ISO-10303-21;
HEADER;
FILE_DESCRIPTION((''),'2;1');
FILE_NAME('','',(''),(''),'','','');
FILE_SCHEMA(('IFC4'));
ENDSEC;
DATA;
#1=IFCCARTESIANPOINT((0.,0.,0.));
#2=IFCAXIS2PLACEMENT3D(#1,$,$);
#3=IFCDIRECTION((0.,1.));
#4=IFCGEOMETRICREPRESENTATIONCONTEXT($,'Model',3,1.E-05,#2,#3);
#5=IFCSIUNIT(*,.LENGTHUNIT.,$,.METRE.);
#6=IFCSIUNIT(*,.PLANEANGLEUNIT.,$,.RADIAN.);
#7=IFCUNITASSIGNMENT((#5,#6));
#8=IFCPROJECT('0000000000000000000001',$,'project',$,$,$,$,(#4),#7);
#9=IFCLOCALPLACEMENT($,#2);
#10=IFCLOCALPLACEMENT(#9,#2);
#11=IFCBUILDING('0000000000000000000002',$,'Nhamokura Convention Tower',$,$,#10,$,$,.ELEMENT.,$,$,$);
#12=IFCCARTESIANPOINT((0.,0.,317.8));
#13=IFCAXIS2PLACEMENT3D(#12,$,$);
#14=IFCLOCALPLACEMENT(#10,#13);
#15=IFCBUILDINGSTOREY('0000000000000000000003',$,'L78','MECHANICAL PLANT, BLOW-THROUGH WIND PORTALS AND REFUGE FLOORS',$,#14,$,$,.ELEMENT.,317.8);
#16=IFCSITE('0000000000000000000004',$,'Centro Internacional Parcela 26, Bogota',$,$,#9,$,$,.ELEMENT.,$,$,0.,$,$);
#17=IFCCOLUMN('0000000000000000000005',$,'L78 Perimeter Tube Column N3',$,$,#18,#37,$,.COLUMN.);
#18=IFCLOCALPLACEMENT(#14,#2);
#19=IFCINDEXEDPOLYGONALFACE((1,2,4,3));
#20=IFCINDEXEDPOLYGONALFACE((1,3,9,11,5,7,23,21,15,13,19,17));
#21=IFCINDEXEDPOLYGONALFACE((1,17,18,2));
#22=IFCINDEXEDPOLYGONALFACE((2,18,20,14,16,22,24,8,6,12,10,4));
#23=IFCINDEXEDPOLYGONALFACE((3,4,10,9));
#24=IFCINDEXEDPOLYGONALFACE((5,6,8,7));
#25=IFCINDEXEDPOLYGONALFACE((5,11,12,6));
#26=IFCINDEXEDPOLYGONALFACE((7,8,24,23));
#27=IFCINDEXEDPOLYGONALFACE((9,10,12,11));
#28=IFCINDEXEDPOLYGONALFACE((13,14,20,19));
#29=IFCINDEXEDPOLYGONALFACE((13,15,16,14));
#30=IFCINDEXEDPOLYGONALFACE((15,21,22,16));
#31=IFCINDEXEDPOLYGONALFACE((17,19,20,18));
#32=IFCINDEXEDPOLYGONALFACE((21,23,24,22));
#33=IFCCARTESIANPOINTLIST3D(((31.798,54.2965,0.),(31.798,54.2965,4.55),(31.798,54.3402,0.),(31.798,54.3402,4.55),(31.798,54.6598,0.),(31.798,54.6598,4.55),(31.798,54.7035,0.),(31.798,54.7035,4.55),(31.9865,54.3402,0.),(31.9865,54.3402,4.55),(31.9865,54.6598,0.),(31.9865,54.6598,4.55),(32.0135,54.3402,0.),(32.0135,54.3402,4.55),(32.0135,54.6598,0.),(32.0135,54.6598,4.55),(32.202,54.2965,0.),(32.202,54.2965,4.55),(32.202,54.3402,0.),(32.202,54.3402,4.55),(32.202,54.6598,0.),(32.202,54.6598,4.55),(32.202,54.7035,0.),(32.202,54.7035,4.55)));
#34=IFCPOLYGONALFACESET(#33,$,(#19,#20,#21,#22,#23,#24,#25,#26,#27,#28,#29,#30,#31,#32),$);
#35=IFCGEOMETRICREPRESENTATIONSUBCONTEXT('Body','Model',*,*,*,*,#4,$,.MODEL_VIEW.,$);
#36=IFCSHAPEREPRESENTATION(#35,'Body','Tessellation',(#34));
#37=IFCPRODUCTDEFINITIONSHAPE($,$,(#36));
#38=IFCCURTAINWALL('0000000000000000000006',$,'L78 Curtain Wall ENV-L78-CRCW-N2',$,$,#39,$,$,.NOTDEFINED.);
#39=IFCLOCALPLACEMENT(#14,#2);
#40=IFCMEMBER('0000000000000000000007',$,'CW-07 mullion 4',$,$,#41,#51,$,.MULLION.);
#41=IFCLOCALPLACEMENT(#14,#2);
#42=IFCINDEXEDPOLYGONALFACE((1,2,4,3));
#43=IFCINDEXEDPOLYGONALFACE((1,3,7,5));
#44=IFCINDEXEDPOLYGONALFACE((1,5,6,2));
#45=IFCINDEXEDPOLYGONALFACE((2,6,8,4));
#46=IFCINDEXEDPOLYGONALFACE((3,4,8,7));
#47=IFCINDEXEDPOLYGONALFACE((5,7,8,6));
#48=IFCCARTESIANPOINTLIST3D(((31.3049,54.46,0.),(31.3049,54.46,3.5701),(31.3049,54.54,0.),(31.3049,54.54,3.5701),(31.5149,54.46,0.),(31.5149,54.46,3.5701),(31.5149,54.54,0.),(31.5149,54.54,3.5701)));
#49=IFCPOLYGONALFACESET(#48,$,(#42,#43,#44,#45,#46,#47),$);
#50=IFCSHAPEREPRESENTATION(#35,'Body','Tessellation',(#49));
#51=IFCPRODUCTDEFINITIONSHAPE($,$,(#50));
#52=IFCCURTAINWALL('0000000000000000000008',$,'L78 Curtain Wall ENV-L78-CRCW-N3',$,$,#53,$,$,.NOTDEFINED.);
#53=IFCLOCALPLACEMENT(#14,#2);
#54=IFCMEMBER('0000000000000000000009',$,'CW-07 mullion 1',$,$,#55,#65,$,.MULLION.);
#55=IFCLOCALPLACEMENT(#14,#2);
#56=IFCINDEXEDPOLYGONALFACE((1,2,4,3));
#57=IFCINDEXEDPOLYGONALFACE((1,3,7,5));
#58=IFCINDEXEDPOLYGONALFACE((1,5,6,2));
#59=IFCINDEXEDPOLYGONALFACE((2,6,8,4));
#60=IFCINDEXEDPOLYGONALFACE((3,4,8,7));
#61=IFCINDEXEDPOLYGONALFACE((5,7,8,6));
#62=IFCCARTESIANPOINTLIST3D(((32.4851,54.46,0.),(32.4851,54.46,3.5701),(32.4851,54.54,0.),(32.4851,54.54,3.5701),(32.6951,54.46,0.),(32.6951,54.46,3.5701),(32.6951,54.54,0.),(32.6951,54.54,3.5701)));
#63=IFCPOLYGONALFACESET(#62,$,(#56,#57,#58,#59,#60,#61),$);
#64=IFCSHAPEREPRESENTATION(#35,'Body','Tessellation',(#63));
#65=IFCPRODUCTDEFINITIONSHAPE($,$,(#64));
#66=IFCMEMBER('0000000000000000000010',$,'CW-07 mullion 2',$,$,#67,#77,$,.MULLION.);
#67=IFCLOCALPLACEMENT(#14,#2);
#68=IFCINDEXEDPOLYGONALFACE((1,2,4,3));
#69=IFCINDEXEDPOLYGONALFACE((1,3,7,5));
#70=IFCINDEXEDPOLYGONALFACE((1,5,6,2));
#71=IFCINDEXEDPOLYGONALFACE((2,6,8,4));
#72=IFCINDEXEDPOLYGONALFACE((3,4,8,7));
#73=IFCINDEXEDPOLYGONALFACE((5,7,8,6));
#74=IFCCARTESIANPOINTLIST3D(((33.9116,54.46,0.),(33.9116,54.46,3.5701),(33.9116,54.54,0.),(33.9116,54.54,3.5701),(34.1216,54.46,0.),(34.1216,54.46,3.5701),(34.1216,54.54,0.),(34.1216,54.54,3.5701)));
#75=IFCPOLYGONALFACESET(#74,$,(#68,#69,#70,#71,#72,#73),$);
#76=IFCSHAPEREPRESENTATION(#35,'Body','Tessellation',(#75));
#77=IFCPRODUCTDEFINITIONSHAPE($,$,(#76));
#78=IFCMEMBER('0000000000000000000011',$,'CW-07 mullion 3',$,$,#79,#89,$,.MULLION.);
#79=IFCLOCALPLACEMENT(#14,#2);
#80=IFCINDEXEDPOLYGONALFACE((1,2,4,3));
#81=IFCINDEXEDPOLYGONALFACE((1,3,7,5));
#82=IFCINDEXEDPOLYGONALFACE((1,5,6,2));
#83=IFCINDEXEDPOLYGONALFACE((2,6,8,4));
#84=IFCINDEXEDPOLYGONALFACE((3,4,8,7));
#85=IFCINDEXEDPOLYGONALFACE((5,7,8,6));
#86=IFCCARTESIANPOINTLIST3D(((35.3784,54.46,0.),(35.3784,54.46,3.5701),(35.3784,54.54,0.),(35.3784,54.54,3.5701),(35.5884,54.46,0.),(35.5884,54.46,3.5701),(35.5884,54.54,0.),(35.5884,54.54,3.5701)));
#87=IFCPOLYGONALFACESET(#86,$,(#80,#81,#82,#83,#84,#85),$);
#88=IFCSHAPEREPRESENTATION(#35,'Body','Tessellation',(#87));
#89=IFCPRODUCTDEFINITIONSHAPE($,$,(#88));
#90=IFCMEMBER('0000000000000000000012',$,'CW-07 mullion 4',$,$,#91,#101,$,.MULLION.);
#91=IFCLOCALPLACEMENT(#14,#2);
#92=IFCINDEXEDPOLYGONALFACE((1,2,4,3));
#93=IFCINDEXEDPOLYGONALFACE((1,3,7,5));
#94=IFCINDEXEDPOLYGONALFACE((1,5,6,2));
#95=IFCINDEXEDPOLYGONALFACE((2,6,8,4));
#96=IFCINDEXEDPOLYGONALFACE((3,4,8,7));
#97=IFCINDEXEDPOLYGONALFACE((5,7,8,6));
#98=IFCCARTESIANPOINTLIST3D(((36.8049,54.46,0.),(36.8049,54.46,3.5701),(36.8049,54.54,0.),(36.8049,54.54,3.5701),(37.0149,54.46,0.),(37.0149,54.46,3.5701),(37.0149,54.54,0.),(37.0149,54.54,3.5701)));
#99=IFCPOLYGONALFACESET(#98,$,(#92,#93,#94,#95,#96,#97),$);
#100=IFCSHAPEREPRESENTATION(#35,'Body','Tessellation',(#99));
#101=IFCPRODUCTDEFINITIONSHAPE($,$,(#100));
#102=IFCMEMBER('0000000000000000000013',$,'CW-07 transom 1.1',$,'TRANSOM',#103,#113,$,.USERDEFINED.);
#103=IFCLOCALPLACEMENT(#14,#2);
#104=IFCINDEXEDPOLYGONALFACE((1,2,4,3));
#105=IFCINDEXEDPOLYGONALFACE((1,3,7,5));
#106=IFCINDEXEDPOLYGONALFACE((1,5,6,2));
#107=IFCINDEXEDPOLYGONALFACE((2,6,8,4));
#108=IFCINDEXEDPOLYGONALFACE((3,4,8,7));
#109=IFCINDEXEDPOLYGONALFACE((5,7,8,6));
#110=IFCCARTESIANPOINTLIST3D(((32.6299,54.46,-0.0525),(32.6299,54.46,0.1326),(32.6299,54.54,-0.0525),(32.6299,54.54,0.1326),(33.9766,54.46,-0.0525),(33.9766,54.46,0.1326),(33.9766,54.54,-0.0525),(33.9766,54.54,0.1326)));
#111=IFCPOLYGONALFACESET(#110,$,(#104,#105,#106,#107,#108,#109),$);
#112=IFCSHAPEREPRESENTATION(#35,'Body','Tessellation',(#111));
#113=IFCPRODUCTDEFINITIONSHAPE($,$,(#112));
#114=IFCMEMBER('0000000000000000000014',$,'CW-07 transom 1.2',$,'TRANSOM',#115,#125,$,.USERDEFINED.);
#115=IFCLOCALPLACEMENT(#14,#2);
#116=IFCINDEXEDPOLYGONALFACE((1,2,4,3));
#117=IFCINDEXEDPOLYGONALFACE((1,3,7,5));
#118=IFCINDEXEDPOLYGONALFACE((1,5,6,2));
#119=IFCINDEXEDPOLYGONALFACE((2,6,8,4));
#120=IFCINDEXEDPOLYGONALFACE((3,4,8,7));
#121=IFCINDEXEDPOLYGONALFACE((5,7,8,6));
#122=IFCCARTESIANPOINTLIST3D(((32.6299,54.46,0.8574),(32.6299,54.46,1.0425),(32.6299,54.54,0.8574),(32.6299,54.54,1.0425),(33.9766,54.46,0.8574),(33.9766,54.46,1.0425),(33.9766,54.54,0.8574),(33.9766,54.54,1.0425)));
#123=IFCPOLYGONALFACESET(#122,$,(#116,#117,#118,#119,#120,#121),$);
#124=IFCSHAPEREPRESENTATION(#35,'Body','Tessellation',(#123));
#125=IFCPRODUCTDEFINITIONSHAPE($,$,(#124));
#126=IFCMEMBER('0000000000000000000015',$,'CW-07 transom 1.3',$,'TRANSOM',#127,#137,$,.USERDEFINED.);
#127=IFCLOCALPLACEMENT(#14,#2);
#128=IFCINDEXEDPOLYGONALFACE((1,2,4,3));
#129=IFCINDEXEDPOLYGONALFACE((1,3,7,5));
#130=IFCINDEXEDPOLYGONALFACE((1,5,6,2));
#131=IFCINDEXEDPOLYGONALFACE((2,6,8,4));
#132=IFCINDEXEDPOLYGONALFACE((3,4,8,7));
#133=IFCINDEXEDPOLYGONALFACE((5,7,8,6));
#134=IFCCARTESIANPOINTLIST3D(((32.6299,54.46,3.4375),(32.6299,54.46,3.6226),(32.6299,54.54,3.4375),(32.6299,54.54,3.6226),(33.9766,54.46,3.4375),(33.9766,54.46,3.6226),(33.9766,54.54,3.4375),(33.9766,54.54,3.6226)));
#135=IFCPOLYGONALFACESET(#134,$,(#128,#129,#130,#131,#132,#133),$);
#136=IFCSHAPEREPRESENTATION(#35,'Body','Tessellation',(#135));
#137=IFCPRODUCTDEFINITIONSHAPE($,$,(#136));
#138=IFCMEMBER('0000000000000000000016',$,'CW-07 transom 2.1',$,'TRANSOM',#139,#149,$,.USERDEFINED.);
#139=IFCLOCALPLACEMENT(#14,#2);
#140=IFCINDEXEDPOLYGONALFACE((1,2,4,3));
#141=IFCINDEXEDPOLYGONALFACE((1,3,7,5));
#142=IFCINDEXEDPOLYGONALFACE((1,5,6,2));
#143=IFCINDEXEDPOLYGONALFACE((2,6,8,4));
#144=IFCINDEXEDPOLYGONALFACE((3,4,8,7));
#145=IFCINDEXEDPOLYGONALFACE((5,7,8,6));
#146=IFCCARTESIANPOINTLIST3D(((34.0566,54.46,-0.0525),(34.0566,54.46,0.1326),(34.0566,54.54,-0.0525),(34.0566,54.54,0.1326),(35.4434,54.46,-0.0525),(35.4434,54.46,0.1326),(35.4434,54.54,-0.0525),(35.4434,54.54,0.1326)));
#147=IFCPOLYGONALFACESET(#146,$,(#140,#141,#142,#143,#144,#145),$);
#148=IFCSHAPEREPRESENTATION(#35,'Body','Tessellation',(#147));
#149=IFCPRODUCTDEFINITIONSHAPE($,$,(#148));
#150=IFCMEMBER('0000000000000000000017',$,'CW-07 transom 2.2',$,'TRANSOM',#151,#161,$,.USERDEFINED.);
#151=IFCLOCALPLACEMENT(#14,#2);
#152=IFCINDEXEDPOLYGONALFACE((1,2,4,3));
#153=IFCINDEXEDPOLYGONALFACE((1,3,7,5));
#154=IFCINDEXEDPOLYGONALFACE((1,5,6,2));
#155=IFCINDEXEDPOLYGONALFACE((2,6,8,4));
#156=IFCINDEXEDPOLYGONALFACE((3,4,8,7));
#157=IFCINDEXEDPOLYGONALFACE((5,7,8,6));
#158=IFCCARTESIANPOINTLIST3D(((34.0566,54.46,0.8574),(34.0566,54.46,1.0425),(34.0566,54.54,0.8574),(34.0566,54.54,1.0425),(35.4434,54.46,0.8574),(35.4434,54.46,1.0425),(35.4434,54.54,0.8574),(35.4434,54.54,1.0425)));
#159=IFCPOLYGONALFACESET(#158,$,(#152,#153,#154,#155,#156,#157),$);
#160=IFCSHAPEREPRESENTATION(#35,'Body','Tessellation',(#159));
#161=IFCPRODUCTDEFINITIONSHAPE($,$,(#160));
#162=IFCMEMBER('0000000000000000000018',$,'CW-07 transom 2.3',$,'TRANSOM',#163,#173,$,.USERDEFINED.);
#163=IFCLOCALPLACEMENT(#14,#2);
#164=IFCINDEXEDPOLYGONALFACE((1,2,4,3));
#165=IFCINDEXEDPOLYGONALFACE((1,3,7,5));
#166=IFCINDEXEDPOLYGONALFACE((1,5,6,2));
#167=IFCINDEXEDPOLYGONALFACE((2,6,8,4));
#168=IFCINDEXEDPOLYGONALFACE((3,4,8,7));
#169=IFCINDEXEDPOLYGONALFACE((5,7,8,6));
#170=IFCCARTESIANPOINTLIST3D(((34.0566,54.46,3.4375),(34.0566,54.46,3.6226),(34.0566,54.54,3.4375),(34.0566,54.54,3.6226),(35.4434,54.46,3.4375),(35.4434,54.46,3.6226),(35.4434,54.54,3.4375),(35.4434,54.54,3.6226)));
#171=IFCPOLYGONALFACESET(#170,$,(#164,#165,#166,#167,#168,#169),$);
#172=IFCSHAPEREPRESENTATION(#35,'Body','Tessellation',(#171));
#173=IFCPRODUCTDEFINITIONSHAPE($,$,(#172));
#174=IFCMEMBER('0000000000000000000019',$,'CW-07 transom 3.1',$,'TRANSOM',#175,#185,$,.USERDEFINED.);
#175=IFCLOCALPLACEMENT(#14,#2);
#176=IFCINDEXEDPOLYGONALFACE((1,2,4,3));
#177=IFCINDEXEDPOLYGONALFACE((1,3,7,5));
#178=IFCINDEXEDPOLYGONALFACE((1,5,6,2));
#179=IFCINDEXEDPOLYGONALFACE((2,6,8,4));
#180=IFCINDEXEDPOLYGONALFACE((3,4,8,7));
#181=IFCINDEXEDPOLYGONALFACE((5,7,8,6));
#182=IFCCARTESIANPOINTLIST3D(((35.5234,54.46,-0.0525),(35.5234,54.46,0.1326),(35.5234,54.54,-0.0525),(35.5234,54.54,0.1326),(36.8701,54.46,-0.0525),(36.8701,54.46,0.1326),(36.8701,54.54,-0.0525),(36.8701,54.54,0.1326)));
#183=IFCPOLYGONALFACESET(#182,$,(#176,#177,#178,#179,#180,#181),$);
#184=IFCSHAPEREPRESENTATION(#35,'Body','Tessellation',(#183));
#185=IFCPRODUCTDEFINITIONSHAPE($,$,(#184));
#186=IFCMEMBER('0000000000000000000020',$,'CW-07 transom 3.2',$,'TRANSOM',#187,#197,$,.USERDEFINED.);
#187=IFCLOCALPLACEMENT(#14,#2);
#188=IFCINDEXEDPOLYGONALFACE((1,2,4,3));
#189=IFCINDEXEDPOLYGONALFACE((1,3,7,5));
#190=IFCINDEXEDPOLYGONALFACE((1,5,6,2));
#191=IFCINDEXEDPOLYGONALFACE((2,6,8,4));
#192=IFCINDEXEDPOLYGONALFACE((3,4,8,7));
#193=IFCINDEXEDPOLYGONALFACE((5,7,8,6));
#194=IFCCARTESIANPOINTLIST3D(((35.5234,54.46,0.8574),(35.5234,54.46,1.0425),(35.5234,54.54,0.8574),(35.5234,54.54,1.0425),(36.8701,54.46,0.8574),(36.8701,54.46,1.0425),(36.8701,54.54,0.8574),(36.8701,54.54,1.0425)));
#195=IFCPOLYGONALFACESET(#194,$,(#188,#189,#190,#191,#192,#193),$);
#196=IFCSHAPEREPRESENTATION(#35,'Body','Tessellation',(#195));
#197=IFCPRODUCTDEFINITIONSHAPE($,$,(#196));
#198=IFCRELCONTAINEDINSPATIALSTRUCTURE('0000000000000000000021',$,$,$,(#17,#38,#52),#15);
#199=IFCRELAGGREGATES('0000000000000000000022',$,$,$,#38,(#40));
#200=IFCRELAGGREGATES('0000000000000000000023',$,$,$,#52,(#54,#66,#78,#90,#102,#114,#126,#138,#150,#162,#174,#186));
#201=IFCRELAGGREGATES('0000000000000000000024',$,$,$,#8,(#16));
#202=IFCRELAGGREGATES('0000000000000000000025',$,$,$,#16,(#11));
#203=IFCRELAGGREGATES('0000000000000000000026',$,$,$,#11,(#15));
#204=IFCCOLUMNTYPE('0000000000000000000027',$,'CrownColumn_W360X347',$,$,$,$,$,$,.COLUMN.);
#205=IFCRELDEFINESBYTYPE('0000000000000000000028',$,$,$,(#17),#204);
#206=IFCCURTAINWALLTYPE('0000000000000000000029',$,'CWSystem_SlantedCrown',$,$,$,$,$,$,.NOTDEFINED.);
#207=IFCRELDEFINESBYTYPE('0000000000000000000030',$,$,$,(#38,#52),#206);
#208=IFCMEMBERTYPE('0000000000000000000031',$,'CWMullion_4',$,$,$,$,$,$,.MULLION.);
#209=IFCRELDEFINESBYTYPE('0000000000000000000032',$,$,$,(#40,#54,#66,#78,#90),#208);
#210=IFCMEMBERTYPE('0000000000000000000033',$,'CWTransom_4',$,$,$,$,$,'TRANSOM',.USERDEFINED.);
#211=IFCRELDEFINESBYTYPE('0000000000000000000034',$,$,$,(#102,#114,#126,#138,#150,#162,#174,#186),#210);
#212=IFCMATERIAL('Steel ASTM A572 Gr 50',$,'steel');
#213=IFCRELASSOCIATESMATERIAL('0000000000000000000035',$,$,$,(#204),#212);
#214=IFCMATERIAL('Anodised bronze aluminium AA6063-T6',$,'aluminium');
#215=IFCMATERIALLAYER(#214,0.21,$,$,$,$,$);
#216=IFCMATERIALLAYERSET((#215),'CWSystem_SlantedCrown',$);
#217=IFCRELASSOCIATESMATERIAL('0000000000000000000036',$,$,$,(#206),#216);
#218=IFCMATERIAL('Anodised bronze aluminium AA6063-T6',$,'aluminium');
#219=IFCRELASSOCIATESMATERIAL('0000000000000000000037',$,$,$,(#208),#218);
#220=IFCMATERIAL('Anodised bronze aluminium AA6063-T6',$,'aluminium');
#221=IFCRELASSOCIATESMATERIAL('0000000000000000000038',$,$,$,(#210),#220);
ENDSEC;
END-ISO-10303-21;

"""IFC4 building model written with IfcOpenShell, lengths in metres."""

from ifc_helpers import new_model, si_unit, direction, frame, origin, origin_2d, place, context, subcontext, project, spatial, rectangle, i_section, extrude, material, layer, layer_set, material_profile, profile_set, type_object, element, aggregate, save


model = new_model("IFC4")

# Units and contexts
model_context = context("Model", 3, precision=1e-05, world=origin(), true_north=direction((0.0, 1.0)))
body_context = subcontext(model_context, "Body", "Model", "MODEL_VIEW")
ifc_project = project(units=[si_unit("LENGTHUNIT", "METRE"), si_unit("PLANEANGLEUNIT", "RADIAN")], contexts=[model_context])

# Site, building, storey
site_placement = place(None, origin())
site = spatial("IfcSite", under=ifc_project, at=site_placement, Name="Centro Internacional Parcela 26, Bogota", CompositionType="ELEMENT", RefElevation=0.0)
building_placement = place(site_placement, origin())
building = spatial("IfcBuilding", under=site, at=building_placement, Name="Nhamokura Convention Tower", CompositionType="ELEMENT")
storey_placement = place(building_placement, frame((0.0, 0.0, 317.8)))
storey = spatial("IfcBuildingStorey", under=building, at=storey_placement, Name="L78", Description="MECHANICAL PLANT, BLOW-THROUGH WIND PORTALS AND REFUGE FLOORS", CompositionType="ELEMENT", Elevation=317.8)

# Column
ifc_material_1 = material(Name="Steel ASTM A572 Gr 50", Category="steel")
ifc_material_profile_1 = material_profile(ifc_material_1, i_section(OverallWidth=0.4041, OverallDepth=0.407, WebThickness=0.0271, FlangeThickness=0.0437, at=origin_2d()))
ifc_profile_set_1 = profile_set([ifc_material_profile_1], Name="Steel ASTM A572 Gr 50")
column_type = type_object("IfcColumnType", Name="CrownColumn_W360X347", PredefinedType="COLUMN", material=ifc_profile_set_1)
column_placement = place(storey_placement, frame((32.0, 54.5, 0.0), z_axis=(0.0, 0.0, 1.0), x_axis=(1.0, 0.0, 0.0)))
element("IfcColumn", 1, at=column_placement, inside=storey, type_object=column_type, Name="L78 Perimeter Tube Column N3", PredefinedType="COLUMN", context=body_context, shape_type="SweptSolid", body=[
    extrude(i_section(OverallWidth=0.4041, OverallDepth=0.407, WebThickness=0.0271, FlangeThickness=0.0437, at=origin_2d()), origin(), (0.0, 0.0, 1.0), 4.55),
])

# Curtain wall, member
ifc_material_2 = material(Name="Anodised bronze aluminium AA6063-T6", Category="aluminium")
ifc_layer_1 = layer(ifc_material_2, 0.21)
ifc_layer_set_1 = layer_set([ifc_layer_1], Name="CWSystem_SlantedCrown")
curtain_wall_type = type_object("IfcCurtainWallType", Name="CWSystem_SlantedCrown", PredefinedType="NOTDEFINED", material=ifc_layer_set_1)
curtain_wall_1_placement = place(storey_placement, origin())
curtain_wall_1 = element("IfcCurtainWall", 2, at=curtain_wall_1_placement, inside=storey, type_object=curtain_wall_type, Name="L78 Curtain Wall ENV-L78-CRCW-N2", PredefinedType="NOTDEFINED")
ifc_material_3 = material(Name="Anodised bronze aluminium AA6063-T6", Category="aluminium")
ifc_material_profile_2 = material_profile(ifc_material_3, rectangle(XDim=0.0801, YDim=0.21, at=origin_2d()))
ifc_profile_set_2 = profile_set([ifc_material_profile_2], Name="Anodised bronze aluminium AA6063-T6")
member_type_1 = type_object("IfcMemberType", Name="CWMullion_4", PredefinedType="MULLION", material=ifc_profile_set_2)
member_1_placement = place(storey_placement, frame((31.4099, 54.5, 0.0), z_axis=(0.0, 0.0, 1.0), x_axis=(0.0, 1.0, 0.0)))
member_1 = element("IfcMember", 3, at=member_1_placement, type_object=member_type_1, Name="CW-07 mullion 4", PredefinedType="MULLION", context=body_context, shape_type="SweptSolid", body=[
    extrude(rectangle(XDim=0.0801, YDim=0.21, at=origin_2d()), origin(), (0.0, 0.0, 1.0), 3.5701),
])
aggregate(curtain_wall_1, [member_1])

# Curtain wall, members
curtain_wall_2_placement = place(storey_placement, origin())
curtain_wall_2 = element("IfcCurtainWall", 4, at=curtain_wall_2_placement, inside=storey, type_object=curtain_wall_type, Name="L78 Curtain Wall ENV-L78-CRCW-N3", PredefinedType="NOTDEFINED")
member_2_placement = place(storey_placement, frame((32.5901, 54.5, 0.0), z_axis=(0.0, 0.0, 1.0), x_axis=(0.0, 1.0, 0.0)))
member_2 = element("IfcMember", 5, at=member_2_placement, type_object=member_type_1, Name="CW-07 mullion 1", PredefinedType="MULLION", context=body_context, shape_type="SweptSolid", body=[
    extrude(rectangle(XDim=0.0801, YDim=0.21, at=origin_2d()), origin(), (0.0, 0.0, 1.0), 3.5701),
])
member_3_placement = place(storey_placement, frame((34.0166, 54.5, 0.0), z_axis=(0.0, 0.0, 1.0), x_axis=(0.0, 1.0, 0.0)))
member_3 = element("IfcMember", 6, at=member_3_placement, type_object=member_type_1, Name="CW-07 mullion 2", PredefinedType="MULLION", context=body_context, shape_type="SweptSolid", body=[
    extrude(rectangle(XDim=0.0801, YDim=0.21, at=origin_2d()), origin(), (0.0, 0.0, 1.0), 3.5701),
])
member_4_placement = place(storey_placement, frame((35.4834, 54.5, 0.0), z_axis=(0.0, 0.0, 1.0), x_axis=(0.0, 1.0, 0.0)))
member_4 = element("IfcMember", 7, at=member_4_placement, type_object=member_type_1, Name="CW-07 mullion 3", PredefinedType="MULLION", context=body_context, shape_type="SweptSolid", body=[
    extrude(rectangle(XDim=0.0801, YDim=0.21, at=origin_2d()), origin(), (0.0, 0.0, 1.0), 3.5701),
])
member_5_placement = place(storey_placement, frame((36.9099, 54.5, 0.0), z_axis=(0.0, 0.0, 1.0), x_axis=(0.0, 1.0, 0.0)))
member_5 = element("IfcMember", 8, at=member_5_placement, type_object=member_type_1, Name="CW-07 mullion 4", PredefinedType="MULLION", context=body_context, shape_type="SweptSolid", body=[
    extrude(rectangle(XDim=0.0801, YDim=0.21, at=origin_2d()), origin(), (0.0, 0.0, 1.0), 3.5701),
])
ifc_material_4 = material(Name="Anodised bronze aluminium AA6063-T6", Category="aluminium")
ifc_material_profile_3 = material_profile(ifc_material_4, rectangle(XDim=0.0801, YDim=0.1851, at=origin_2d()))
ifc_profile_set_3 = profile_set([ifc_material_profile_3], Name="Anodised bronze aluminium AA6063-T6")
member_type_2 = type_object("IfcMemberType", Name="CWTransom_4", ElementType="TRANSOM", PredefinedType="USERDEFINED", material=ifc_profile_set_3)
member_6_placement = place(storey_placement, frame((32.6299, 54.5, 0.04), z_axis=(1.0, 0.0, 0.0), x_axis=(0.0, 1.0, 0.0)))
member_6 = element("IfcMember", 9, at=member_6_placement, type_object=member_type_2, Name="CW-07 transom 1.1", ObjectType="TRANSOM", PredefinedType="USERDEFINED", context=body_context, shape_type="SweptSolid", body=[
    extrude(rectangle(XDim=0.0801, YDim=0.1851, at=origin_2d()), origin(), (0.0, 0.0, 1.0), 1.3467),
])
member_7_placement = place(storey_placement, frame((32.6299, 54.5, 0.95), z_axis=(1.0, 0.0, 0.0), x_axis=(0.0, 1.0, 0.0)))
member_7 = element("IfcMember", 10, at=member_7_placement, type_object=member_type_2, Name="CW-07 transom 1.2", ObjectType="TRANSOM", PredefinedType="USERDEFINED", context=body_context, shape_type="SweptSolid", body=[
    extrude(rectangle(XDim=0.0801, YDim=0.1851, at=origin_2d()), origin(), (0.0, 0.0, 1.0), 1.3467),
])
member_8_placement = place(storey_placement, frame((32.6299, 54.5, 3.53), z_axis=(1.0, 0.0, 0.0), x_axis=(0.0, 1.0, 0.0)))
member_8 = element("IfcMember", 11, at=member_8_placement, type_object=member_type_2, Name="CW-07 transom 1.3", ObjectType="TRANSOM", PredefinedType="USERDEFINED", context=body_context, shape_type="SweptSolid", body=[
    extrude(rectangle(XDim=0.0801, YDim=0.1851, at=origin_2d()), origin(), (0.0, 0.0, 1.0), 1.3467),
])
member_9_placement = place(storey_placement, frame((34.0566, 54.5, 0.04), z_axis=(1.0, 0.0, 0.0), x_axis=(0.0, 1.0, 0.0)))
member_9 = element("IfcMember", 12, at=member_9_placement, type_object=member_type_2, Name="CW-07 transom 2.1", ObjectType="TRANSOM", PredefinedType="USERDEFINED", context=body_context, shape_type="SweptSolid", body=[
    extrude(rectangle(XDim=0.0801, YDim=0.1851, at=origin_2d()), origin(), (0.0, 0.0, 1.0), 1.3867),
])
member_10_placement = place(storey_placement, frame((34.0566, 54.5, 0.95), z_axis=(1.0, 0.0, 0.0), x_axis=(0.0, 1.0, 0.0)))
member_10 = element("IfcMember", 13, at=member_10_placement, type_object=member_type_2, Name="CW-07 transom 2.2", ObjectType="TRANSOM", PredefinedType="USERDEFINED", context=body_context, shape_type="SweptSolid", body=[
    extrude(rectangle(XDim=0.0801, YDim=0.1851, at=origin_2d()), origin(), (0.0, 0.0, 1.0), 1.3867),
])
member_11_placement = place(storey_placement, frame((34.0566, 54.5, 3.53), z_axis=(1.0, 0.0, 0.0), x_axis=(0.0, 1.0, 0.0)))
member_11 = element("IfcMember", 14, at=member_11_placement, type_object=member_type_2, Name="CW-07 transom 2.3", ObjectType="TRANSOM", PredefinedType="USERDEFINED", context=body_context, shape_type="SweptSolid", body=[
    extrude(rectangle(XDim=0.0801, YDim=0.1851, at=origin_2d()), origin(), (0.0, 0.0, 1.0), 1.3867),
])
member_12_placement = place(storey_placement, frame((35.5234, 54.5, 0.04), z_axis=(1.0, 0.0, 0.0), x_axis=(0.0, 1.0, 0.0)))
member_12 = element("IfcMember", 15, at=member_12_placement, type_object=member_type_2, Name="CW-07 transom 3.1", ObjectType="TRANSOM", PredefinedType="USERDEFINED", context=body_context, shape_type="SweptSolid", body=[
    extrude(rectangle(XDim=0.0801, YDim=0.1851, at=origin_2d()), origin(), (0.0, 0.0, 1.0), 1.3467),
])
member_13_placement = place(storey_placement, frame((35.5234, 54.5, 0.95), z_axis=(1.0, 0.0, 0.0), x_axis=(0.0, 1.0, 0.0)))
member_13 = element("IfcMember", 16, at=member_13_placement, type_object=member_type_2, Name="CW-07 transom 3.2", ObjectType="TRANSOM", PredefinedType="USERDEFINED", context=body_context, shape_type="SweptSolid", body=[
    extrude(rectangle(XDim=0.0801, YDim=0.1851, at=origin_2d()), origin(), (0.0, 0.0, 1.0), 1.3467),
])

aggregate(curtain_wall_2, [member_2, member_3, member_4, member_5, member_6, member_7, member_8, member_9, member_10, member_11, member_12, member_13])

save(model, "model.ifc")
